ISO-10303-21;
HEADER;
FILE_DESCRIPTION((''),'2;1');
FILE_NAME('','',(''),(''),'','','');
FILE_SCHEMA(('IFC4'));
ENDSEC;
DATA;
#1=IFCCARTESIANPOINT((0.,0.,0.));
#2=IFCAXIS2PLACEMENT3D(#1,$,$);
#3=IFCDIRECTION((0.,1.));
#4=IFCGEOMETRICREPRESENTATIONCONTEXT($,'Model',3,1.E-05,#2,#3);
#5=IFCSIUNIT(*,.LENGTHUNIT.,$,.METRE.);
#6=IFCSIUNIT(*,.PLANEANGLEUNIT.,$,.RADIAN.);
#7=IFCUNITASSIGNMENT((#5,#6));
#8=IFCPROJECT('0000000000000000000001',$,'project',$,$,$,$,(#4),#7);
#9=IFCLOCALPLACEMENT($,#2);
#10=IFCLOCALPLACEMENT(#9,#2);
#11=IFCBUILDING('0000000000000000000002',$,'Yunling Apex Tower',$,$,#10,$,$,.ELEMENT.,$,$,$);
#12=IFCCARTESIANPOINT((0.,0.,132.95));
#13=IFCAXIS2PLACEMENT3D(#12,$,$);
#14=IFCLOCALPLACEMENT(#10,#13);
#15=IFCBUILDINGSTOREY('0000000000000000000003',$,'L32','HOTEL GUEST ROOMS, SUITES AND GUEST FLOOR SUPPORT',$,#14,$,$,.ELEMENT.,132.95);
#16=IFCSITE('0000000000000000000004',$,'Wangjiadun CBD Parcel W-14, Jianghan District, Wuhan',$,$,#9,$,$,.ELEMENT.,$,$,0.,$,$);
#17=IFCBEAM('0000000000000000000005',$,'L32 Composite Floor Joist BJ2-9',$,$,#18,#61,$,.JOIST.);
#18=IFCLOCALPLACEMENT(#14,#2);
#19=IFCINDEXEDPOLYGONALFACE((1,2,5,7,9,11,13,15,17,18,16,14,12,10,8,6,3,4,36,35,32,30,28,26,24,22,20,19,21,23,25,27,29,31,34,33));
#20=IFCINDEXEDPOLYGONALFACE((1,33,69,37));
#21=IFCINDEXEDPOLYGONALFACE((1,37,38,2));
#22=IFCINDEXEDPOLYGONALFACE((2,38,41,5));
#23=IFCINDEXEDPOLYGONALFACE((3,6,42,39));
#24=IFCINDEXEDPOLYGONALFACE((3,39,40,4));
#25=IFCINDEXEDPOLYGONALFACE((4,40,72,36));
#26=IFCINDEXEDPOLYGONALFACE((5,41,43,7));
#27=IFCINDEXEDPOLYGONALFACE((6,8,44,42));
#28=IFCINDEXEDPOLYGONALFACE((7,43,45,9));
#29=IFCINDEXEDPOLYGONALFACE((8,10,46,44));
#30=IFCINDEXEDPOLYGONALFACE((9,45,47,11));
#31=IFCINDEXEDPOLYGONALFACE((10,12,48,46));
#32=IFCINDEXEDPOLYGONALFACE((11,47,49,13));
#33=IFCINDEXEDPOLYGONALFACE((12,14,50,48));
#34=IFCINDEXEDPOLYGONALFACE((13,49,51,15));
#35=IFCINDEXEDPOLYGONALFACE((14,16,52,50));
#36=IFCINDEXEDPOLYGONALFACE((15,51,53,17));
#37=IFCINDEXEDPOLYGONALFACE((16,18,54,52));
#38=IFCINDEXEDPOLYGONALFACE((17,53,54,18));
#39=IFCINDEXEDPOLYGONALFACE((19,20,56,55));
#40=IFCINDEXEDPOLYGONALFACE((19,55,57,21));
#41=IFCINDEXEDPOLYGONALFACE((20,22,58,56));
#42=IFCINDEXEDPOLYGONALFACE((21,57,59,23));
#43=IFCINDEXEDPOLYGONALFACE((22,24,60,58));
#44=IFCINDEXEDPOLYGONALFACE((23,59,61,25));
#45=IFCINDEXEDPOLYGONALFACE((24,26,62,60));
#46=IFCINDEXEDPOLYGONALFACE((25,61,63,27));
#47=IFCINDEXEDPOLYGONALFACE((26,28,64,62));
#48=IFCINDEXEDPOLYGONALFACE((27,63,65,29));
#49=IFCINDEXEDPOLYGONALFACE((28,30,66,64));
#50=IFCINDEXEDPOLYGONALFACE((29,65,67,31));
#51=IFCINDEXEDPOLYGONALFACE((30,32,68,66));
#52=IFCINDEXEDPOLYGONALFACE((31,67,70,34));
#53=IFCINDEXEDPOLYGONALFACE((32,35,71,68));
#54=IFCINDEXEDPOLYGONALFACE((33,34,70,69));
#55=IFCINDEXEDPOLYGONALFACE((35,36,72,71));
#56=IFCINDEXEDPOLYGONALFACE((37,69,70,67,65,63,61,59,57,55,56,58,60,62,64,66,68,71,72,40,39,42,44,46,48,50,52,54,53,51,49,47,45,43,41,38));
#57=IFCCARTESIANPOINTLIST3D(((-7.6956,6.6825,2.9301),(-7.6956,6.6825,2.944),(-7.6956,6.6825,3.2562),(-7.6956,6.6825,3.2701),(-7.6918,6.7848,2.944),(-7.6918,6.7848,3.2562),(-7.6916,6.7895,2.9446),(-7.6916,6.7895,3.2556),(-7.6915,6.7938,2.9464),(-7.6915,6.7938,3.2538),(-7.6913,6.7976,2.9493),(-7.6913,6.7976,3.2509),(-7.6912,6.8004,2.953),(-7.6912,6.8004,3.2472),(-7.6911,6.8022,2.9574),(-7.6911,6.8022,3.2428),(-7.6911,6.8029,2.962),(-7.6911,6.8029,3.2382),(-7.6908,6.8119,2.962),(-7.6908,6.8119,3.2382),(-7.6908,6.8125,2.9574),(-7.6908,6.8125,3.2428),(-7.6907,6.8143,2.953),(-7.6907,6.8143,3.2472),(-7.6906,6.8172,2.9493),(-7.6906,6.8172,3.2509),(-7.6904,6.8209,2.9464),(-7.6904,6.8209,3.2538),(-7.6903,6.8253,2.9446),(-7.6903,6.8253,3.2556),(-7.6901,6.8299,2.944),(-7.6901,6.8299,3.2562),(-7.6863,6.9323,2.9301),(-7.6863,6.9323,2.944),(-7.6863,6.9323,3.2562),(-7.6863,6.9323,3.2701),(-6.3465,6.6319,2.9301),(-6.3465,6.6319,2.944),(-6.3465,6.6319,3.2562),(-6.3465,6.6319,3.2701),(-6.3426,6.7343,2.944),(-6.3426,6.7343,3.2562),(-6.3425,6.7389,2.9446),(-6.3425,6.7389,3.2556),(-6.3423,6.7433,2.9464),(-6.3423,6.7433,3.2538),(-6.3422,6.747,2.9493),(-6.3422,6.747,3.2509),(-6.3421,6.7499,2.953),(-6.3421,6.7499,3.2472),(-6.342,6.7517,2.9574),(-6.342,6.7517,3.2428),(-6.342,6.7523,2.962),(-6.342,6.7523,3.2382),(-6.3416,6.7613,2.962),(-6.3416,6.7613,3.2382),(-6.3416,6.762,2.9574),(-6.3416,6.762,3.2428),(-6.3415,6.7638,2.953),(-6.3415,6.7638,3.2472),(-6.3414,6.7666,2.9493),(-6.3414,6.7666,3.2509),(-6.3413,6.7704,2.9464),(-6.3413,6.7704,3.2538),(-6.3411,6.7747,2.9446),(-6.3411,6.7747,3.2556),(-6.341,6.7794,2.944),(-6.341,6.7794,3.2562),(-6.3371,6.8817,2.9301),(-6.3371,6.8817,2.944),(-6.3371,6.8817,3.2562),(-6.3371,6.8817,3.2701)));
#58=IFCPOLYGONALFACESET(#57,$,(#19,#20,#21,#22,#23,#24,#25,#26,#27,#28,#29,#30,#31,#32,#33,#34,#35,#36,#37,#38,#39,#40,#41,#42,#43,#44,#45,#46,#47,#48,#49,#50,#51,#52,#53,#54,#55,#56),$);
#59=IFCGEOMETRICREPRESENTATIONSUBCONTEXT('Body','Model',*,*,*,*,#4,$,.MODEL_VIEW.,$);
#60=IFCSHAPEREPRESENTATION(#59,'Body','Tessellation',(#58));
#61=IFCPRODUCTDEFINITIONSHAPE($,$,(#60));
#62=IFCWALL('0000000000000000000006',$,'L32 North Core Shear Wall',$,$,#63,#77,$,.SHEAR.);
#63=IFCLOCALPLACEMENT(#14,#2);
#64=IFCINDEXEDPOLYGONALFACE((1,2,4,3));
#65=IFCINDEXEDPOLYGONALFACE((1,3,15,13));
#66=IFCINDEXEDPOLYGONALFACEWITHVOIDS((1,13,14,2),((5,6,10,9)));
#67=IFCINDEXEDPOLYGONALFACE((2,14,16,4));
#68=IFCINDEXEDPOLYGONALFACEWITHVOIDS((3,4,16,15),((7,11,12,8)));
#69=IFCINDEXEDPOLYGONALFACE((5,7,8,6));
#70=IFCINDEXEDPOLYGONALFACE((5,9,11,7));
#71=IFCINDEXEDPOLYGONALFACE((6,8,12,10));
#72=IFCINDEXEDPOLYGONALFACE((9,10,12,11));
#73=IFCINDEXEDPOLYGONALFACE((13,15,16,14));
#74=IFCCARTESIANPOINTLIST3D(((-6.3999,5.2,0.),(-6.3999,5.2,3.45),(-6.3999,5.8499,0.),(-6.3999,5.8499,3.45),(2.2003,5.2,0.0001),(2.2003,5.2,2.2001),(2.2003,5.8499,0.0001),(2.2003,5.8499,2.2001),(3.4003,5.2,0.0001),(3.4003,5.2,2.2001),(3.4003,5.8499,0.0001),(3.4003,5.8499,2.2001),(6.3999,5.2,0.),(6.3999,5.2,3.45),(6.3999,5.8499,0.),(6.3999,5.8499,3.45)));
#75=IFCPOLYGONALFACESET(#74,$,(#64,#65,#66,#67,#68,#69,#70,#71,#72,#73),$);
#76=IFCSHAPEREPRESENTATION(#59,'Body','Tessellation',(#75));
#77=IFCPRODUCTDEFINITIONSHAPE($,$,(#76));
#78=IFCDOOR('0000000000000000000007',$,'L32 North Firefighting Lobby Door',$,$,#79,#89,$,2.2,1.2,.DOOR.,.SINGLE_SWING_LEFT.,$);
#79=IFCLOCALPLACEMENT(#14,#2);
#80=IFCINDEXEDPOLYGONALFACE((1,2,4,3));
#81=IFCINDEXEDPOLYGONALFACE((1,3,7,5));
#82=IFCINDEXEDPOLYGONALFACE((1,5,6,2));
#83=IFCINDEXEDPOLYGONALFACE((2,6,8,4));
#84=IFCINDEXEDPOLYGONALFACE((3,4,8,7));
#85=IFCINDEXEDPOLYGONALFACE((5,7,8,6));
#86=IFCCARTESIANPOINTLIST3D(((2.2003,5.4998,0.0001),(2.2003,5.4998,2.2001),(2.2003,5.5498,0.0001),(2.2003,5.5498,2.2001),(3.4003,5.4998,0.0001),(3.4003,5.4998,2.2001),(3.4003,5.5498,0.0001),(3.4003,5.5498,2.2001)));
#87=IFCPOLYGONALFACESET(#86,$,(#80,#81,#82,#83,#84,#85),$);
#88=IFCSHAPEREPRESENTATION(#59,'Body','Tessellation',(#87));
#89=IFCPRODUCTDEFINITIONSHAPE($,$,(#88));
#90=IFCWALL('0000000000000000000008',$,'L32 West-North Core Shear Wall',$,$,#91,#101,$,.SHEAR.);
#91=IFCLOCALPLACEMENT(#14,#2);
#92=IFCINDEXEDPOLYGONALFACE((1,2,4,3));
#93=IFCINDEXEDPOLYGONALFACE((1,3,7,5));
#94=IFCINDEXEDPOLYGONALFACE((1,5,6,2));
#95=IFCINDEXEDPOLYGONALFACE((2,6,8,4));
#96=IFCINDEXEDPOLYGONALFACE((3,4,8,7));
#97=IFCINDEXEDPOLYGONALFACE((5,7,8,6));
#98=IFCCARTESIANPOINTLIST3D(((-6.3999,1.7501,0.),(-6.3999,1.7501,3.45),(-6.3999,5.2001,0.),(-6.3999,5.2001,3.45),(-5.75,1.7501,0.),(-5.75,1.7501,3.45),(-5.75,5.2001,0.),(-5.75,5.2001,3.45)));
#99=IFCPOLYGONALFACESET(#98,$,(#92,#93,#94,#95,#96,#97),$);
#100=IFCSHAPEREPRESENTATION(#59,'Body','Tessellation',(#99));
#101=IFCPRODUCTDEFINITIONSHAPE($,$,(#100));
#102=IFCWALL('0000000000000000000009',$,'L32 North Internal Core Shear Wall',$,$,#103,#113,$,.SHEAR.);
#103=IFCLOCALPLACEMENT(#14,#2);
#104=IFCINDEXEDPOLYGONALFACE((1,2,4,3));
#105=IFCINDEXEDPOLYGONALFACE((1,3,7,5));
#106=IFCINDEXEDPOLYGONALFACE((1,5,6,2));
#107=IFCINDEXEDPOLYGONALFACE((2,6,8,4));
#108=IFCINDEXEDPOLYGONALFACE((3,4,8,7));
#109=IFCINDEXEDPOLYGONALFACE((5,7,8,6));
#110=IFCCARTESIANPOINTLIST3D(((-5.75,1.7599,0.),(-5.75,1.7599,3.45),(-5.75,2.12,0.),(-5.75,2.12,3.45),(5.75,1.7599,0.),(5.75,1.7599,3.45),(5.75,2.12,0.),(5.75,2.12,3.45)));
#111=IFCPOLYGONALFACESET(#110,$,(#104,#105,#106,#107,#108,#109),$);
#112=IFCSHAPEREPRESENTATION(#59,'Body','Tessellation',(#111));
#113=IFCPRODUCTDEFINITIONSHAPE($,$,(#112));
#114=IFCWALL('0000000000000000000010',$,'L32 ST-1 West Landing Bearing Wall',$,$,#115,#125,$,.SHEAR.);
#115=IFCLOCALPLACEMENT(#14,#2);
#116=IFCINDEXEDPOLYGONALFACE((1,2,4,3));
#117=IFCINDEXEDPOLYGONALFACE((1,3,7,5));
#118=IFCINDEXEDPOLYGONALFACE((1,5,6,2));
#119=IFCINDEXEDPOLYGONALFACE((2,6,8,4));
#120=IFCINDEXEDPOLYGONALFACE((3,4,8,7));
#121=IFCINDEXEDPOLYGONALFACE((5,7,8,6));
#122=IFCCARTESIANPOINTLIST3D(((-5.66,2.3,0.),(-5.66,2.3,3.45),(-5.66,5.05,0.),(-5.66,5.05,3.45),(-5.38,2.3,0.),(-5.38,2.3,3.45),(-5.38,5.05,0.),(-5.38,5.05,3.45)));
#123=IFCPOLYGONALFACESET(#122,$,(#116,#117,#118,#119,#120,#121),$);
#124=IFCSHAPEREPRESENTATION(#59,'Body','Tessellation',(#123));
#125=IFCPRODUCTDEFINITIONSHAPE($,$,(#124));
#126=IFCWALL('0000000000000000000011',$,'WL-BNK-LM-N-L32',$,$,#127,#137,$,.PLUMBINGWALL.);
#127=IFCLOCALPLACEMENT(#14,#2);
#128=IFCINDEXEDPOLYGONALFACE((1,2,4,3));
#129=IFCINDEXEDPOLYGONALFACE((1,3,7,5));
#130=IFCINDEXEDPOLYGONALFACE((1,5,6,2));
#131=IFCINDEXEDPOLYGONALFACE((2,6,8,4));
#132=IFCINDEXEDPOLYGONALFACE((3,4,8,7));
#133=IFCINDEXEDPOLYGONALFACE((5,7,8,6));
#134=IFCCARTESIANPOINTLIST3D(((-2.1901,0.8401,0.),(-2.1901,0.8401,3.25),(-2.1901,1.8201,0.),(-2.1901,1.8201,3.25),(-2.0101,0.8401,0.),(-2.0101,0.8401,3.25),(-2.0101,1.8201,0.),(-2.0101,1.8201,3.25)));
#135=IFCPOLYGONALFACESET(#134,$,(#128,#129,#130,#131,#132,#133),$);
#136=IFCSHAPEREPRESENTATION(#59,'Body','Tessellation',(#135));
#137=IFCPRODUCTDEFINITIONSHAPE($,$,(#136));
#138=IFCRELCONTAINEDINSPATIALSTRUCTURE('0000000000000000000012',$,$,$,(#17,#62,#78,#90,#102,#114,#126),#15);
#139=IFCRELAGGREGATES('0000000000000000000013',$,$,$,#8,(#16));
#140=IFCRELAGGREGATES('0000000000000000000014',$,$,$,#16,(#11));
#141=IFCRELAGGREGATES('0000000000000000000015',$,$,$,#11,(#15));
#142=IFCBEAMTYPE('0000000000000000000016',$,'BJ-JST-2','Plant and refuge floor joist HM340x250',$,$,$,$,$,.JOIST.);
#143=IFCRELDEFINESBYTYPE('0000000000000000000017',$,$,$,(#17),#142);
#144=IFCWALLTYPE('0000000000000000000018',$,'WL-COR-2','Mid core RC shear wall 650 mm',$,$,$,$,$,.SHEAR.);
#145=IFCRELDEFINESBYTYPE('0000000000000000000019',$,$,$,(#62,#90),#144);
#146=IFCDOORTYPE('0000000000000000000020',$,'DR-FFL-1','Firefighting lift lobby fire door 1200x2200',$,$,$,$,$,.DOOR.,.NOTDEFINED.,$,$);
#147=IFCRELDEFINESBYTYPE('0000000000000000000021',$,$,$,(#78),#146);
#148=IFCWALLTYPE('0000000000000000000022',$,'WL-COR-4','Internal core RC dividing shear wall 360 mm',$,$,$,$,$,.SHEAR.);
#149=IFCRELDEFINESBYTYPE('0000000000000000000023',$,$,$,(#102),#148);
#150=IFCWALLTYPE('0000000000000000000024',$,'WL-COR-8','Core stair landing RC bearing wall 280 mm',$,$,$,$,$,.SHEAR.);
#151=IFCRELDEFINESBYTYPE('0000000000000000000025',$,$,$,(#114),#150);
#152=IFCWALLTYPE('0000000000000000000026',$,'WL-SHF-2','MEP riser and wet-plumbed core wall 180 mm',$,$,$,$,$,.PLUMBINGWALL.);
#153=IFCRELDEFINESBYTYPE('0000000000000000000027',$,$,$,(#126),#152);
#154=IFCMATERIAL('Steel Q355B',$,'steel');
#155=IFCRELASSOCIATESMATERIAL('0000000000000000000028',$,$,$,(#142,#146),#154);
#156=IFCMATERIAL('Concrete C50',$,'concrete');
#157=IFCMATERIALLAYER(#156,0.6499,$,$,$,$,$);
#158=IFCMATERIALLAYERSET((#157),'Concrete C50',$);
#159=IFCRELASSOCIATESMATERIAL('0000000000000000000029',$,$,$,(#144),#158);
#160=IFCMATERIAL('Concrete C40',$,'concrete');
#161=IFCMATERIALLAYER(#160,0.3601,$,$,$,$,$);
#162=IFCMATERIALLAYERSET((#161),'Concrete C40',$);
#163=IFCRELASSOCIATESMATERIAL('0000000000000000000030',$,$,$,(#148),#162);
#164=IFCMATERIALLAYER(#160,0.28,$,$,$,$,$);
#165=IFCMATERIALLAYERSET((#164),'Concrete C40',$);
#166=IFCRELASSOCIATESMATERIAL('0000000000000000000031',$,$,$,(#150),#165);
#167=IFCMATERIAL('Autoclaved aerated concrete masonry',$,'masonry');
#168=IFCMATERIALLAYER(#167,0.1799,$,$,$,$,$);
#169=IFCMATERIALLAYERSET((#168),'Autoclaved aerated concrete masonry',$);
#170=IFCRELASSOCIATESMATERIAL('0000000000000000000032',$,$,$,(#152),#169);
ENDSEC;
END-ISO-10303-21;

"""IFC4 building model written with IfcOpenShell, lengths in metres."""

from ifc_helpers import new_model, si_unit, direction, frame, frame_2d, origin, origin_2d, place, context, subcontext, project, spatial, rectangle, i_section, extrude, source, transform, mapped, material, layer, layer_set, material_profile, profile_set, type_object, element, fill, save


model = new_model("IFC4")

# Units and contexts
model_context = context("Model", 3, precision=1e-05, world=origin(), true_north=direction((0.0, 1.0)))
body_context = subcontext(model_context, "Body", "Model", "MODEL_VIEW")
ifc_project = project(units=[si_unit("LENGTHUNIT", "METRE"), si_unit("PLANEANGLEUNIT", "RADIAN")], contexts=[model_context])

# Site, building, storey
site_placement = place(None, origin())
site = spatial("IfcSite", under=ifc_project, at=site_placement, Name="Wangjiadun CBD Parcel W-14, Jianghan District, Wuhan", CompositionType="ELEMENT", RefElevation=0.0)
building_placement = place(site_placement, origin())
building = spatial("IfcBuilding", under=site, at=building_placement, Name="Yunling Apex Tower", CompositionType="ELEMENT")
storey_placement = place(building_placement, frame((0.0, 0.0, 132.95)))
storey = spatial("IfcBuildingStorey", under=building, at=storey_placement, Name="L32", Description="HOTEL GUEST ROOMS, SUITES AND GUEST FLOOR SUPPORT", CompositionType="ELEMENT", Elevation=132.95)

# Shared definitions
ifc_material_1 = material(Name="Concrete C50", Category="concrete")

# Beam
ifc_material_2 = material(Name="Steel Q355B", Category="steel")
ifc_material_profile_1 = material_profile(ifc_material_2, i_section(OverallWidth=0.25, OverallDepth=0.3401, WebThickness=0.009, FlangeThickness=0.0139, FilletRadius=0.0181, at=origin_2d()))
ifc_profile_set_1 = profile_set([ifc_material_profile_1], Name="Steel Q355B")
beam_type_1 = type_object("IfcBeamType", Name="BJ-JST-2", Description="Plant and refuge floor joist HM340x250", PredefinedType="JOIST", material=ifc_profile_set_1)
shared_shape_1 = source(origin(), body_context, "Body", "SweptSolid", [
    extrude(i_section(OverallWidth=0.25, OverallDepth=0.3401, WebThickness=0.009, FlangeThickness=0.0139, FilletRadius=0.0181, at=origin_2d()), origin(), (0.0, 0.0, 1.0), 1.3501),
])
beam_1_placement = place(storey_placement, frame((-6.3418, 6.7568, 3.1001), z_axis=(-0.999299, 0.037433, 0.0), x_axis=(-0.037433, -0.999299, 0.0)))
element("IfcBeam", 1, at=beam_1_placement, inside=storey, type_object=beam_type_1, Name="L32 Composite Floor Joist BJ2-9", PredefinedType="JOIST", context=body_context, shape_type="MappedRepresentation", body=[
    mapped(shared_shape_1, transform((0.0, 0.0, 0.0), scale=1.0)),
])

# Wall, opening, door
ifc_layer_1 = layer(ifc_material_1, 0.6499)
ifc_layer_set_1 = layer_set([ifc_layer_1], Name="Concrete C50")
wall_type_1 = type_object("IfcWallType", Name="WL-COR-2", Description="Mid core RC shear wall 650 mm", PredefinedType="SHEAR", material=ifc_layer_set_1)
wall_1_placement = place(storey_placement, frame((-6.3999, 5.5249, 0.0), z_axis=(0.0, 0.0, 1.0), x_axis=(1.0, 0.0, 0.0)))
wall_1 = element("IfcWall", 2, at=wall_1_placement, inside=storey, type_object=wall_type_1, Name="L32 North Core Shear Wall", PredefinedType="SHEAR", context=body_context, shape_type="SweptSolid", body=[
    extrude(rectangle(XDim=12.7998, YDim=0.6499, at=frame_2d((6.3999, 0.0))), origin(), (0.0, 0.0, 1.0), 3.45),
])
opening_1_placement = place(wall_1_placement, frame((8.6001, 0.0, 0.0)))
opening_1 = element("IfcOpeningElement", 3, at=opening_1_placement, cuts=wall_1, PredefinedType="OPENING", context=body_context, shape_type="SweptSolid", body=[
    extrude(rectangle(XDim=1.2, YDim=2.2, at=frame_2d((0.6001, 1.1001))), frame((0.0, 0.335, 0.0), z_axis=(0.0, -1.0, 0.0), x_axis=(1.0, 0.0, 0.0)), (0.0, 0.0, 1.0), 0.6699),
])
door_type_1 = type_object("IfcDoorType", Name="DR-FFL-1", Description="Firefighting lift lobby fire door 1200x2200", OperationType="NOTDEFINED", PredefinedType="DOOR", material=ifc_material_2)
door_1_placement = place(opening_1_placement, origin())
door_1 = element("IfcDoor", 4, at=door_1_placement, inside=storey, type_object=door_type_1, Name="L32 North Firefighting Lobby Door", OperationType="SINGLE_SWING_LEFT", OverallHeight=2.2, OverallWidth=1.2, PredefinedType="DOOR", context=body_context, shape_type="SweptSolid", body=[
    extrude(rectangle(XDim=1.2, YDim=2.2, at=frame_2d((0.6001, 1.1001))), frame((0.0, 0.0249, 0.0), z_axis=(0.0, -1.0, 0.0), x_axis=(1.0, 0.0, 0.0)), (0.0, 0.0, 1.0), 0.05),
])
fill(opening_1, door_1)

# Walls
wall_2_placement = place(storey_placement, frame((-6.075, 1.75, 0.0), z_axis=(0.0, 0.0, 1.0), x_axis=(0.0, 1.0, 0.0)))
element("IfcWall", 5, at=wall_2_placement, inside=storey, type_object=wall_type_1, Name="L32 West-North Core Shear Wall", PredefinedType="SHEAR", context=body_context, shape_type="SweptSolid", body=[
    extrude(rectangle(XDim=3.45, YDim=0.6499, at=frame_2d((1.7251, 0.0))), origin(), (0.0, 0.0, 1.0), 3.45),
])
ifc_material_3 = material(Name="Concrete C40", Category="concrete")
ifc_layer_2 = layer(ifc_material_3, 0.3601)
ifc_layer_set_2 = layer_set([ifc_layer_2], Name="Concrete C40")
wall_type_2 = type_object("IfcWallType", Name="WL-COR-4", Description="Internal core RC dividing shear wall 360 mm", PredefinedType="SHEAR", material=ifc_layer_set_2)
wall_3_placement = place(storey_placement, frame((-5.75, 1.9399, 0.0), z_axis=(0.0, 0.0, 1.0), x_axis=(1.0, 0.0, 0.0)))
element("IfcWall", 6, at=wall_3_placement, inside=storey, type_object=wall_type_2, Name="L32 North Internal Core Shear Wall", PredefinedType="SHEAR", context=body_context, shape_type="SweptSolid", body=[
    extrude(rectangle(XDim=11.5, YDim=0.3601, at=frame_2d((5.75, 0.0))), origin(), (0.0, 0.0, 1.0), 3.45),
])
ifc_layer_3 = layer(ifc_material_3, 0.28)
ifc_layer_set_3 = layer_set([ifc_layer_3], Name="Concrete C40")
wall_type_3 = type_object("IfcWallType", Name="WL-COR-8", Description="Core stair landing RC bearing wall 280 mm", PredefinedType="SHEAR", material=ifc_layer_set_3)
wall_4_placement = place(storey_placement, frame((-5.52, 2.3, 0.0), z_axis=(0.0, 0.0, 1.0), x_axis=(0.0, 1.0, 0.0)))
element("IfcWall", 7, at=wall_4_placement, inside=storey, type_object=wall_type_3, Name="L32 ST-1 West Landing Bearing Wall", PredefinedType="SHEAR", context=body_context, shape_type="SweptSolid", body=[
    extrude(rectangle(XDim=2.75, YDim=0.28, at=frame_2d((1.375, 0.0))), origin(), (0.0, 0.0, 1.0), 3.45),
])
ifc_material_4 = material(Name="Autoclaved aerated concrete masonry", Category="masonry")
ifc_layer_4 = layer(ifc_material_4, 0.1799)
ifc_layer_set_4 = layer_set([ifc_layer_4], Name="Autoclaved aerated concrete masonry")
wall_type_4 = type_object("IfcWallType", Name="WL-SHF-2", Description="MEP riser and wet-plumbed core wall 180 mm", PredefinedType="PLUMBINGWALL", material=ifc_layer_set_4)
wall_5_placement = place(storey_placement, frame((-2.1001, 0.8401, 0.0), z_axis=(0.0, 0.0, 1.0), x_axis=(0.0, 1.0, 0.0)))
element("IfcWall", 8, at=wall_5_placement, inside=storey, type_object=wall_type_4, Name="WL-BNK-LM-N-L32", PredefinedType="PLUMBINGWALL", context=body_context, shape_type="SweptSolid", body=[
    extrude(rectangle(XDim=0.98, YDim=0.1799, at=frame_2d((0.49, 0.0))), origin(), (0.0, 0.0, 1.0), 3.25),
])

save(model, "model.ifc")
